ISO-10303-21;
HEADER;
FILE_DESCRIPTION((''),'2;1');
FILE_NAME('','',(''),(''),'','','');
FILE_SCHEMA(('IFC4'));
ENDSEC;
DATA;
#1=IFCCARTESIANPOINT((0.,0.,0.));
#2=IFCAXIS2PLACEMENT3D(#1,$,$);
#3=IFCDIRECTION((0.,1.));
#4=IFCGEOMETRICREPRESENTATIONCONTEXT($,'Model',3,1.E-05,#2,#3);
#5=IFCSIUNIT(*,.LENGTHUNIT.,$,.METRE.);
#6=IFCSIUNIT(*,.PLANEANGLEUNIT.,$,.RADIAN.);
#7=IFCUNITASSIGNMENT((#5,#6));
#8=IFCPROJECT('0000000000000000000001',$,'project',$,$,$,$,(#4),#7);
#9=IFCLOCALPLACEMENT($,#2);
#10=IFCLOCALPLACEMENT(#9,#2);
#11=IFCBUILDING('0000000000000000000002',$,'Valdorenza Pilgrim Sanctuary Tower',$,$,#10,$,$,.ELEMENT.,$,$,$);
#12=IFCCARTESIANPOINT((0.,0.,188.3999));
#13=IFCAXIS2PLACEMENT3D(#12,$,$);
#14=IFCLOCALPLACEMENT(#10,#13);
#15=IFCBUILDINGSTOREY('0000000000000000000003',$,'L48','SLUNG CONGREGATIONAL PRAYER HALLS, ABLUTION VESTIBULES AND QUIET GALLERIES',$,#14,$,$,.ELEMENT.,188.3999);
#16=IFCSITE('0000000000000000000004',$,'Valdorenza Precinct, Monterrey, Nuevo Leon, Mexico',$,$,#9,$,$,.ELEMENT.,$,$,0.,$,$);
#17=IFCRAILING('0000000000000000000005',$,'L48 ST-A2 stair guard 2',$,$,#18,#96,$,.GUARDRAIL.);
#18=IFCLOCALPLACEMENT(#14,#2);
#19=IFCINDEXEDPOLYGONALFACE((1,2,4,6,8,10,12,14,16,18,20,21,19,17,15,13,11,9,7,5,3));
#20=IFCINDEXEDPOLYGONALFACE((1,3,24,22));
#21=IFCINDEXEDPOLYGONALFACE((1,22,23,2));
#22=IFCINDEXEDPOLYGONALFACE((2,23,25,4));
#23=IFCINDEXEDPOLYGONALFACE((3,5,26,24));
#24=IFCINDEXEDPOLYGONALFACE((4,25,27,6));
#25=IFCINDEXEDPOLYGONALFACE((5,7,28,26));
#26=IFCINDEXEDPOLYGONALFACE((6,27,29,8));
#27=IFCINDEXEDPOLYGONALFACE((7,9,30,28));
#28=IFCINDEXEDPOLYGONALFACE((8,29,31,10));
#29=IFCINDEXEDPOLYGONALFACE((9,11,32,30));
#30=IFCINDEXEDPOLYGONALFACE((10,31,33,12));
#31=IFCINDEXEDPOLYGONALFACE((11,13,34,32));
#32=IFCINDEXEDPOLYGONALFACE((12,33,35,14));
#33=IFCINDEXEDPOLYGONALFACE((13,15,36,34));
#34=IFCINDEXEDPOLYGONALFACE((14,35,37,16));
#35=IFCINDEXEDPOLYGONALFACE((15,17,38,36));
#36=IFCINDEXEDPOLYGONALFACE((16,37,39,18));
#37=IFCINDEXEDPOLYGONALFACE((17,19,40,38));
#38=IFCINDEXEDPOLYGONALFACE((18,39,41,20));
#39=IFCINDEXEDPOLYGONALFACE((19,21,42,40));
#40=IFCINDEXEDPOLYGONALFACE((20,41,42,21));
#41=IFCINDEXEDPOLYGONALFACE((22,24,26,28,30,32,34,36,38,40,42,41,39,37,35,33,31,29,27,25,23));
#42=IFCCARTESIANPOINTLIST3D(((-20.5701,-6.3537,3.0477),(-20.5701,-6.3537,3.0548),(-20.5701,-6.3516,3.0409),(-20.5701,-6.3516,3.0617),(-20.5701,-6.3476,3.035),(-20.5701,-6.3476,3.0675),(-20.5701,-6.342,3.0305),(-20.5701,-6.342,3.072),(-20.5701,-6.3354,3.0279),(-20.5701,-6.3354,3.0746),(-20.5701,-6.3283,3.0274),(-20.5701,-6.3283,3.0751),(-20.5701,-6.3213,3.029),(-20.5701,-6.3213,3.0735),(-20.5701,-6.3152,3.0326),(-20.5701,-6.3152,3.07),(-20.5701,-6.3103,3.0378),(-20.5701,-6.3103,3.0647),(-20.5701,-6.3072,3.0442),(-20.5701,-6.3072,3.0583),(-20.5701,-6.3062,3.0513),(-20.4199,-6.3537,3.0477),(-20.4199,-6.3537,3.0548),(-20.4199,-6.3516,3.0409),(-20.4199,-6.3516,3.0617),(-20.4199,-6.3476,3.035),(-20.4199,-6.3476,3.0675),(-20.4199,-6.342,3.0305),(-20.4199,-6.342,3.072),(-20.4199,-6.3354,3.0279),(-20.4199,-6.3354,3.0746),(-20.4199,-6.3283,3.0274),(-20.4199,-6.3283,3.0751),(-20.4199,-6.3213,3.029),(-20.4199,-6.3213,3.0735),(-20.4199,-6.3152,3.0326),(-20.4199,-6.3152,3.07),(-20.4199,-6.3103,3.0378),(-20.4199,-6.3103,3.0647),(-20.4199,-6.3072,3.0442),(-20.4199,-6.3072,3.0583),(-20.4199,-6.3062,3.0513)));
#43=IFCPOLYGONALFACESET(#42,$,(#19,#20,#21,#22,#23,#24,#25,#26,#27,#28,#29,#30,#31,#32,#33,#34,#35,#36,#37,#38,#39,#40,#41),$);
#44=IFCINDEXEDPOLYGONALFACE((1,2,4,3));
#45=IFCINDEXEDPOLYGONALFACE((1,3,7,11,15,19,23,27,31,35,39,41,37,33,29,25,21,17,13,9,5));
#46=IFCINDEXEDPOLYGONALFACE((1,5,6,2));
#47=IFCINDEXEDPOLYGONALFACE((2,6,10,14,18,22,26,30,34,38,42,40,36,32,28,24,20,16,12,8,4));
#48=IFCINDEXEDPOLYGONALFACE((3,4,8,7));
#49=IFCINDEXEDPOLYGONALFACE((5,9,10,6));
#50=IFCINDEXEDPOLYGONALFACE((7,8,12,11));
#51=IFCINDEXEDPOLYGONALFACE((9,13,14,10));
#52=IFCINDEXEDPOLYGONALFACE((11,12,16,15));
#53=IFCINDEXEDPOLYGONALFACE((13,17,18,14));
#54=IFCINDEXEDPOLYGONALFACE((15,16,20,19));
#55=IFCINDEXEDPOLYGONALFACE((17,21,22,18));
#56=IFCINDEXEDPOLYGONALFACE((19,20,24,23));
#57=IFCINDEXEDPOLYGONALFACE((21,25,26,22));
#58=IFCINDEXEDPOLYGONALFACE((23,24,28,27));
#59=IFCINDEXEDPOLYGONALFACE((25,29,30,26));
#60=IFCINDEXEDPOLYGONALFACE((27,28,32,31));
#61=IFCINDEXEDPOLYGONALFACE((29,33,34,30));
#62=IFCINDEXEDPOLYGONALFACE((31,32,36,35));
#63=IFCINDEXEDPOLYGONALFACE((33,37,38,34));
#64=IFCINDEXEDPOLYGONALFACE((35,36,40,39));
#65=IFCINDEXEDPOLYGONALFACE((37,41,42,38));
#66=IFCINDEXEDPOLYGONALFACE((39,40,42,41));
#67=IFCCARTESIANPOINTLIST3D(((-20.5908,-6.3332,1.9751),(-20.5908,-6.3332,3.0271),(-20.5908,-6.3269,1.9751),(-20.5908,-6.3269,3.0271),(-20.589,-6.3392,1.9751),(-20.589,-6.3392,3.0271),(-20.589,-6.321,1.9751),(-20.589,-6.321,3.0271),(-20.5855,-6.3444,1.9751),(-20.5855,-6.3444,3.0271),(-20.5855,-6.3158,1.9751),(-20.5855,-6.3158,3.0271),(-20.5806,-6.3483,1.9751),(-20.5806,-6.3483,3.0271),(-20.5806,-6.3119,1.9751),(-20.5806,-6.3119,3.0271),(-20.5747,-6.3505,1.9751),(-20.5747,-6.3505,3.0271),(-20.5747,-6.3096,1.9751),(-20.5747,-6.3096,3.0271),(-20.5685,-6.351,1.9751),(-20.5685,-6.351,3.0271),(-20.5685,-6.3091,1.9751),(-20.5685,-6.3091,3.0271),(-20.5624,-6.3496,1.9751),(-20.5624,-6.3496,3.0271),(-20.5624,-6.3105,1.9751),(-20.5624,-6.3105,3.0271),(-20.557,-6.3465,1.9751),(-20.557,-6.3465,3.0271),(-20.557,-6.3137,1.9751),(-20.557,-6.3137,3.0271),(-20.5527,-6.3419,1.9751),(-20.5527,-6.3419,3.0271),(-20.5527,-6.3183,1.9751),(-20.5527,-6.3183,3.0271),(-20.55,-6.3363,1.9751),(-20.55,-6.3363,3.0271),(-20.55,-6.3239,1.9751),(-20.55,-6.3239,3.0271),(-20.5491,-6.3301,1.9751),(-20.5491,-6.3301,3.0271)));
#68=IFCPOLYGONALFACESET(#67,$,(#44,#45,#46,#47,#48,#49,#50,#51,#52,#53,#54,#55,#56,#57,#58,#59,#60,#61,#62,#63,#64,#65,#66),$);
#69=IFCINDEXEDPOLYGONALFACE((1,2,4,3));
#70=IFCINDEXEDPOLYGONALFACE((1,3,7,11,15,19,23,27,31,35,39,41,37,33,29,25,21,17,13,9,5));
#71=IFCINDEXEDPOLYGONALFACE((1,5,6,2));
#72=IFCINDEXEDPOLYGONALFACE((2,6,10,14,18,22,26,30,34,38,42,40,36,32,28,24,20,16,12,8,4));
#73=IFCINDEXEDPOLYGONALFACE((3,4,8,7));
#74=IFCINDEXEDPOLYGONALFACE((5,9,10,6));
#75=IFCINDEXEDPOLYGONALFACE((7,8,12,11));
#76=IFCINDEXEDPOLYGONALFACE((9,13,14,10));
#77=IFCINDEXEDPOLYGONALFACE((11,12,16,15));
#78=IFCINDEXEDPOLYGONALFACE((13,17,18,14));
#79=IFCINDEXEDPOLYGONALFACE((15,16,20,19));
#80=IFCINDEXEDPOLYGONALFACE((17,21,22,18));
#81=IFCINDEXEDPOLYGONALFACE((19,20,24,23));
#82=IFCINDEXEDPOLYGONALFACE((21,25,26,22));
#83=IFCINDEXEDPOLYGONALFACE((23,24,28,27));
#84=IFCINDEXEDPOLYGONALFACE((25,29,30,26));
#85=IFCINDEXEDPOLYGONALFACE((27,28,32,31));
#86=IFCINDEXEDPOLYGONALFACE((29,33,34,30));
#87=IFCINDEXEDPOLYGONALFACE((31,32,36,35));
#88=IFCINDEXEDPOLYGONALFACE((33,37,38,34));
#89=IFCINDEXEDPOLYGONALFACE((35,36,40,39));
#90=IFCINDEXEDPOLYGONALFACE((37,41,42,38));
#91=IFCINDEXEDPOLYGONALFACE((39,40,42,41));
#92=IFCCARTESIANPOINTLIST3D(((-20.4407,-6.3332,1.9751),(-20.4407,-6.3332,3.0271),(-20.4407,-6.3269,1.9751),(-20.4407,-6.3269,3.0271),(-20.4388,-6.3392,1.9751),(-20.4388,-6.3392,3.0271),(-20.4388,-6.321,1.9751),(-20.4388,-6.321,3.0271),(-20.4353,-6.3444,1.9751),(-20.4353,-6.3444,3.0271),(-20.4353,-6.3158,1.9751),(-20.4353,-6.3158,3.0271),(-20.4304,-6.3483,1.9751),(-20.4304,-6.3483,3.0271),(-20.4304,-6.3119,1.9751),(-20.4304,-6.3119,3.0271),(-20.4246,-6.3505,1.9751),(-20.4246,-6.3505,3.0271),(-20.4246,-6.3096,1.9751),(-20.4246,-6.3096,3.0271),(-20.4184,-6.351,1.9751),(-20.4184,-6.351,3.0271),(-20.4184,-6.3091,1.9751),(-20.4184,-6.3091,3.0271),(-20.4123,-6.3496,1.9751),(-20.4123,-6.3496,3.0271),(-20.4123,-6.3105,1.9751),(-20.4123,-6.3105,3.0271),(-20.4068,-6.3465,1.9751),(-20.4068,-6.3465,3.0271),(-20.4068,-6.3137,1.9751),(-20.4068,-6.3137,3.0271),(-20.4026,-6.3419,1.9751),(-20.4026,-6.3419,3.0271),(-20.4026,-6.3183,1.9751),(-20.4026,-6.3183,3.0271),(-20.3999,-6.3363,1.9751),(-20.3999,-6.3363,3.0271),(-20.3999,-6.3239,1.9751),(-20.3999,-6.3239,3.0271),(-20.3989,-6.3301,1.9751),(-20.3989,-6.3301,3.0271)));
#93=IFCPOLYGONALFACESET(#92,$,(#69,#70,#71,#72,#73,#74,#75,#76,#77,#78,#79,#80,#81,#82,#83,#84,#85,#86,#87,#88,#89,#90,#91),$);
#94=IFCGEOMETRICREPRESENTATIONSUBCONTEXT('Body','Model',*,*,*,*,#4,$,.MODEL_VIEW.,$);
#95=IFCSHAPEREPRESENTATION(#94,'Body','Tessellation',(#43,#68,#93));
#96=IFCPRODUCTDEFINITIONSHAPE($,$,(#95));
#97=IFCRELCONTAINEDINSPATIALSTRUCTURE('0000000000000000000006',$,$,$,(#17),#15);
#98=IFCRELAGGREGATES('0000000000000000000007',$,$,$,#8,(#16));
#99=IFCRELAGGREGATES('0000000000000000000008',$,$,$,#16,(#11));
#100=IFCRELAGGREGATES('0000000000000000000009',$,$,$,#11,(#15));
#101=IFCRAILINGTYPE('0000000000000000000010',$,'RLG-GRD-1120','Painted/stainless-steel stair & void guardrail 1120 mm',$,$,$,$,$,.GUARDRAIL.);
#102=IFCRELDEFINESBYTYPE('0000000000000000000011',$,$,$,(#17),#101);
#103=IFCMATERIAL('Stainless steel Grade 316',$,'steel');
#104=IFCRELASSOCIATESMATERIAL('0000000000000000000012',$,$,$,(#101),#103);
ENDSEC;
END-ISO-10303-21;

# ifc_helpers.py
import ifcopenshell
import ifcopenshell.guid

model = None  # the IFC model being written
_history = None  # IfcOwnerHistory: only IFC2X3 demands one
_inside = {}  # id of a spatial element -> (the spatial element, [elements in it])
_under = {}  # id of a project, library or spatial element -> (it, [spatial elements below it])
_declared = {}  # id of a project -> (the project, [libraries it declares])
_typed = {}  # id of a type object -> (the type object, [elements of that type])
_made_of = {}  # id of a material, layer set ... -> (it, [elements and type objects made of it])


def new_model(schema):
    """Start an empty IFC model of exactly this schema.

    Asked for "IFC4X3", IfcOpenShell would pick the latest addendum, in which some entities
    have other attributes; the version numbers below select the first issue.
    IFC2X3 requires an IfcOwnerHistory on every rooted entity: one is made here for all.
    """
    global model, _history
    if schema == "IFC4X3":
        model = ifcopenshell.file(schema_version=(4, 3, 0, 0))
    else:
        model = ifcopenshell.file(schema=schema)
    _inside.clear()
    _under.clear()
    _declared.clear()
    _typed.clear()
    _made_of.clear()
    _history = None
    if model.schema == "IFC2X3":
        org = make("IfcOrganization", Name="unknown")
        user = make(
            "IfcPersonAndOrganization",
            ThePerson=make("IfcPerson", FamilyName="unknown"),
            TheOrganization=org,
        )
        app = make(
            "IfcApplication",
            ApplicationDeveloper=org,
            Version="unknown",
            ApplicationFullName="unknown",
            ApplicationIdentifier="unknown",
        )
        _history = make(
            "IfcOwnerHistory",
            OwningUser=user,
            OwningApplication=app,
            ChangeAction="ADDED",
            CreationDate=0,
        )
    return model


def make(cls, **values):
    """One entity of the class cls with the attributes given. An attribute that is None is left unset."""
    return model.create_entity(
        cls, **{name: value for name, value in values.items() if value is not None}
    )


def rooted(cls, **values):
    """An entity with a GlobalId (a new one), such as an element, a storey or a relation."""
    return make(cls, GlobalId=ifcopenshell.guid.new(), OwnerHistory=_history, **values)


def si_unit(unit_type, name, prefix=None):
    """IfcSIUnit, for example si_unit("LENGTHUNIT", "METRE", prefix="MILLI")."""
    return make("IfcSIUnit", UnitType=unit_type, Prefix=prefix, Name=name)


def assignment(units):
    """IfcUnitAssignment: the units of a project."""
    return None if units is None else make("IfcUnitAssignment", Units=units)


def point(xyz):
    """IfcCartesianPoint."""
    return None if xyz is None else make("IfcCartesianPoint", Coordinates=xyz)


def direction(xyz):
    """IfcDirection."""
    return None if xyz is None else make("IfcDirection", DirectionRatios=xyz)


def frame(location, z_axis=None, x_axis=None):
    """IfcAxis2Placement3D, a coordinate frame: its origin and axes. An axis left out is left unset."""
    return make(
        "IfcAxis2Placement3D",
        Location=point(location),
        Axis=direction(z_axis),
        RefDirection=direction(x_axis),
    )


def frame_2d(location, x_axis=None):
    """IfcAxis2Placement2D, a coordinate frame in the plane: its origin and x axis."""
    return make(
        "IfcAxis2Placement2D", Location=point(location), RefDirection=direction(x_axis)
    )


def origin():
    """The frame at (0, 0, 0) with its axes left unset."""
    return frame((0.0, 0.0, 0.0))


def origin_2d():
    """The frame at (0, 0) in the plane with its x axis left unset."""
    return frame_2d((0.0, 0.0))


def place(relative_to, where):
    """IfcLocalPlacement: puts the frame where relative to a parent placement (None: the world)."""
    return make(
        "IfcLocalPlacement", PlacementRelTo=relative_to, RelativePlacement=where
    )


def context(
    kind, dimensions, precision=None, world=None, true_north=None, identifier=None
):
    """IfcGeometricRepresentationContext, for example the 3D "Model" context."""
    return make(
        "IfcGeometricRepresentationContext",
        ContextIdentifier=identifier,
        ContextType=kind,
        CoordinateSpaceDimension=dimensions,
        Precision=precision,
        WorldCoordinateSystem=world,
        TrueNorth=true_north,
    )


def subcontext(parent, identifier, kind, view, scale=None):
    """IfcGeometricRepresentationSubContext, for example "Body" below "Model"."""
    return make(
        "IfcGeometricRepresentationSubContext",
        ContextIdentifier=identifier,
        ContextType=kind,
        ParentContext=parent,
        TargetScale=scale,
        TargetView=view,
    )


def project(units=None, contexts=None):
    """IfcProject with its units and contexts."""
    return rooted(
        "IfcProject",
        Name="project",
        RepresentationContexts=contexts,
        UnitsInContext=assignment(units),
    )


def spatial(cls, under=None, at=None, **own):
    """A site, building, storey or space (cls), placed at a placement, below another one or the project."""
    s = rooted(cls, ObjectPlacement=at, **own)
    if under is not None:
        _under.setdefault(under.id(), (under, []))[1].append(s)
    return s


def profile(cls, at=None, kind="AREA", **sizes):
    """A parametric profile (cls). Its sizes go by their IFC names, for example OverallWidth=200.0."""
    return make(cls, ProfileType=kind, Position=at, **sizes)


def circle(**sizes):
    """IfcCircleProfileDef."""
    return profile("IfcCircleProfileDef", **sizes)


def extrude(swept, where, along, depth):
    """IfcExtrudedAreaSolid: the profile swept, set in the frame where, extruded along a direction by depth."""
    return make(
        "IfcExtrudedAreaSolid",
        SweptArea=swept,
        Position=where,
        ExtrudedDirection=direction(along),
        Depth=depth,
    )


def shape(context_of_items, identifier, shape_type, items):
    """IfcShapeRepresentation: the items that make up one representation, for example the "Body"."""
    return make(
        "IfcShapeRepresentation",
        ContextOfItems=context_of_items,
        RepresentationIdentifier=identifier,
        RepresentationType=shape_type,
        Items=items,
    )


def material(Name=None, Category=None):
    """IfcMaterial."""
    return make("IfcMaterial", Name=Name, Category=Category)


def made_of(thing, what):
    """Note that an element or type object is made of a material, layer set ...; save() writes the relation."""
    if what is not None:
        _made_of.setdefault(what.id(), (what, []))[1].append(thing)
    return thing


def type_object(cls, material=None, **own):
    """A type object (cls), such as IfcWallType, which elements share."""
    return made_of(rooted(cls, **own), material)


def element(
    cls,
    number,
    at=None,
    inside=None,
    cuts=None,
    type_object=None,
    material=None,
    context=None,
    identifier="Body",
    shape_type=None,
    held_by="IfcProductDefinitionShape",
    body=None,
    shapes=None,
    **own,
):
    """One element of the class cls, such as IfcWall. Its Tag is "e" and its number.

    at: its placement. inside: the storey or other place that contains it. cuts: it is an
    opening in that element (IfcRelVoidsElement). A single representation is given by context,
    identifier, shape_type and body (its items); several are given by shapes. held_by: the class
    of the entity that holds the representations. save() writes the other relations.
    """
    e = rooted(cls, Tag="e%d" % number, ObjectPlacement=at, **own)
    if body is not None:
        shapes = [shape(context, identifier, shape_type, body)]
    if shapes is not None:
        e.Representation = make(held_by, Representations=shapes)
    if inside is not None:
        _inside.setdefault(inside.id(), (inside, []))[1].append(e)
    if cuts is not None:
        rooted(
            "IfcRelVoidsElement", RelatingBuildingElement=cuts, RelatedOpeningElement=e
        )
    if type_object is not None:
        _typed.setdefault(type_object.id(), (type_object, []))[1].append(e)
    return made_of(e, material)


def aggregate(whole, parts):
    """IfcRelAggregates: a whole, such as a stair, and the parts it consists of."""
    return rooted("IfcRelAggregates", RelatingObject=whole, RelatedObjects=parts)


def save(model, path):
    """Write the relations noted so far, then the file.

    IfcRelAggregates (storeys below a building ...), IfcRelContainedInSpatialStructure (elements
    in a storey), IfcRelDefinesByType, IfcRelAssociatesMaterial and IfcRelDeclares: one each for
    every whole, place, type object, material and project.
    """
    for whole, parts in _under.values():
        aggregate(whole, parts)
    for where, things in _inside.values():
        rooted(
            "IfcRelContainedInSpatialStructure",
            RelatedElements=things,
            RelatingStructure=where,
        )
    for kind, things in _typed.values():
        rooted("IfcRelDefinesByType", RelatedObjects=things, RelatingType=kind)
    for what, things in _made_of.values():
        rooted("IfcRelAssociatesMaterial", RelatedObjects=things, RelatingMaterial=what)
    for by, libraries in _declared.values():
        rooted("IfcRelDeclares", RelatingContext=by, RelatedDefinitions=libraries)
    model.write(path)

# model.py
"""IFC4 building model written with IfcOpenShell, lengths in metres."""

from ifc_helpers import new_model, si_unit, direction, frame, origin, origin_2d, place, context, subcontext, project, spatial, circle, extrude, material, type_object, element, save


model = new_model("IFC4")

# Units and contexts
model_context = context("Model", 3, precision=1e-05, world=origin(), true_north=direction((0.0, 1.0)))
body_context = subcontext(model_context, "Body", "Model", "MODEL_VIEW")
ifc_project = project(units=[si_unit("LENGTHUNIT", "METRE"), si_unit("PLANEANGLEUNIT", "RADIAN")], contexts=[model_context])

# Site, building, storey
site_placement = place(None, origin())
site = spatial("IfcSite", under=ifc_project, at=site_placement, Name="Valdorenza Precinct, Monterrey, Nuevo Leon, Mexico", CompositionType="ELEMENT", RefElevation=0.0)
building_placement = place(site_placement, origin())
building = spatial("IfcBuilding", under=site, at=building_placement, Name="Valdorenza Pilgrim Sanctuary Tower", CompositionType="ELEMENT")
storey_placement = place(building_placement, frame((0.0, 0.0, 188.3999)))
storey = spatial("IfcBuildingStorey", under=building, at=storey_placement, Name="L48", Description="SLUNG CONGREGATIONAL PRAYER HALLS, ABLUTION VESTIBULES AND QUIET GALLERIES", CompositionType="ELEMENT", Elevation=188.3999)

# Railing
ifc_material_1 = material(Name="Stainless steel Grade 316", Category="steel")
railing_type_1 = type_object("IfcRailingType", Name="RLG-GRD-1120", Description="Painted/stainless-steel stair & void guardrail 1120 mm", PredefinedType="GUARDRAIL", material=ifc_material_1)
railing_1_placement = place(storey_placement, frame((-20.5701, -6.3301, 1.9751)))
element("IfcRailing", 1, at=railing_1_placement, inside=storey, type_object=railing_type_1, Name="L48 ST-A2 stair guard 2", PredefinedType="GUARDRAIL", context=body_context, shape_type="SweptSolid", body=[
    extrude(circle(Radius=0.0239, at=origin_2d()), frame((0.0, 0.0, 1.0762), z_axis=(1.0, 0.0, 0.0), x_axis=(0.0, 1.0, 0.0)), (0.0, 0.0, 1.0), 0.1501),
    extrude(circle(Radius=0.021, at=origin_2d()), origin(), (0.0, 0.0, 1.0), 1.052),
    extrude(circle(Radius=0.021, at=origin_2d()), frame((0.1501, 0.0, 0.0)), (0.0, 0.0, 1.0), 1.052),
])

save(model, "model.ifc")
